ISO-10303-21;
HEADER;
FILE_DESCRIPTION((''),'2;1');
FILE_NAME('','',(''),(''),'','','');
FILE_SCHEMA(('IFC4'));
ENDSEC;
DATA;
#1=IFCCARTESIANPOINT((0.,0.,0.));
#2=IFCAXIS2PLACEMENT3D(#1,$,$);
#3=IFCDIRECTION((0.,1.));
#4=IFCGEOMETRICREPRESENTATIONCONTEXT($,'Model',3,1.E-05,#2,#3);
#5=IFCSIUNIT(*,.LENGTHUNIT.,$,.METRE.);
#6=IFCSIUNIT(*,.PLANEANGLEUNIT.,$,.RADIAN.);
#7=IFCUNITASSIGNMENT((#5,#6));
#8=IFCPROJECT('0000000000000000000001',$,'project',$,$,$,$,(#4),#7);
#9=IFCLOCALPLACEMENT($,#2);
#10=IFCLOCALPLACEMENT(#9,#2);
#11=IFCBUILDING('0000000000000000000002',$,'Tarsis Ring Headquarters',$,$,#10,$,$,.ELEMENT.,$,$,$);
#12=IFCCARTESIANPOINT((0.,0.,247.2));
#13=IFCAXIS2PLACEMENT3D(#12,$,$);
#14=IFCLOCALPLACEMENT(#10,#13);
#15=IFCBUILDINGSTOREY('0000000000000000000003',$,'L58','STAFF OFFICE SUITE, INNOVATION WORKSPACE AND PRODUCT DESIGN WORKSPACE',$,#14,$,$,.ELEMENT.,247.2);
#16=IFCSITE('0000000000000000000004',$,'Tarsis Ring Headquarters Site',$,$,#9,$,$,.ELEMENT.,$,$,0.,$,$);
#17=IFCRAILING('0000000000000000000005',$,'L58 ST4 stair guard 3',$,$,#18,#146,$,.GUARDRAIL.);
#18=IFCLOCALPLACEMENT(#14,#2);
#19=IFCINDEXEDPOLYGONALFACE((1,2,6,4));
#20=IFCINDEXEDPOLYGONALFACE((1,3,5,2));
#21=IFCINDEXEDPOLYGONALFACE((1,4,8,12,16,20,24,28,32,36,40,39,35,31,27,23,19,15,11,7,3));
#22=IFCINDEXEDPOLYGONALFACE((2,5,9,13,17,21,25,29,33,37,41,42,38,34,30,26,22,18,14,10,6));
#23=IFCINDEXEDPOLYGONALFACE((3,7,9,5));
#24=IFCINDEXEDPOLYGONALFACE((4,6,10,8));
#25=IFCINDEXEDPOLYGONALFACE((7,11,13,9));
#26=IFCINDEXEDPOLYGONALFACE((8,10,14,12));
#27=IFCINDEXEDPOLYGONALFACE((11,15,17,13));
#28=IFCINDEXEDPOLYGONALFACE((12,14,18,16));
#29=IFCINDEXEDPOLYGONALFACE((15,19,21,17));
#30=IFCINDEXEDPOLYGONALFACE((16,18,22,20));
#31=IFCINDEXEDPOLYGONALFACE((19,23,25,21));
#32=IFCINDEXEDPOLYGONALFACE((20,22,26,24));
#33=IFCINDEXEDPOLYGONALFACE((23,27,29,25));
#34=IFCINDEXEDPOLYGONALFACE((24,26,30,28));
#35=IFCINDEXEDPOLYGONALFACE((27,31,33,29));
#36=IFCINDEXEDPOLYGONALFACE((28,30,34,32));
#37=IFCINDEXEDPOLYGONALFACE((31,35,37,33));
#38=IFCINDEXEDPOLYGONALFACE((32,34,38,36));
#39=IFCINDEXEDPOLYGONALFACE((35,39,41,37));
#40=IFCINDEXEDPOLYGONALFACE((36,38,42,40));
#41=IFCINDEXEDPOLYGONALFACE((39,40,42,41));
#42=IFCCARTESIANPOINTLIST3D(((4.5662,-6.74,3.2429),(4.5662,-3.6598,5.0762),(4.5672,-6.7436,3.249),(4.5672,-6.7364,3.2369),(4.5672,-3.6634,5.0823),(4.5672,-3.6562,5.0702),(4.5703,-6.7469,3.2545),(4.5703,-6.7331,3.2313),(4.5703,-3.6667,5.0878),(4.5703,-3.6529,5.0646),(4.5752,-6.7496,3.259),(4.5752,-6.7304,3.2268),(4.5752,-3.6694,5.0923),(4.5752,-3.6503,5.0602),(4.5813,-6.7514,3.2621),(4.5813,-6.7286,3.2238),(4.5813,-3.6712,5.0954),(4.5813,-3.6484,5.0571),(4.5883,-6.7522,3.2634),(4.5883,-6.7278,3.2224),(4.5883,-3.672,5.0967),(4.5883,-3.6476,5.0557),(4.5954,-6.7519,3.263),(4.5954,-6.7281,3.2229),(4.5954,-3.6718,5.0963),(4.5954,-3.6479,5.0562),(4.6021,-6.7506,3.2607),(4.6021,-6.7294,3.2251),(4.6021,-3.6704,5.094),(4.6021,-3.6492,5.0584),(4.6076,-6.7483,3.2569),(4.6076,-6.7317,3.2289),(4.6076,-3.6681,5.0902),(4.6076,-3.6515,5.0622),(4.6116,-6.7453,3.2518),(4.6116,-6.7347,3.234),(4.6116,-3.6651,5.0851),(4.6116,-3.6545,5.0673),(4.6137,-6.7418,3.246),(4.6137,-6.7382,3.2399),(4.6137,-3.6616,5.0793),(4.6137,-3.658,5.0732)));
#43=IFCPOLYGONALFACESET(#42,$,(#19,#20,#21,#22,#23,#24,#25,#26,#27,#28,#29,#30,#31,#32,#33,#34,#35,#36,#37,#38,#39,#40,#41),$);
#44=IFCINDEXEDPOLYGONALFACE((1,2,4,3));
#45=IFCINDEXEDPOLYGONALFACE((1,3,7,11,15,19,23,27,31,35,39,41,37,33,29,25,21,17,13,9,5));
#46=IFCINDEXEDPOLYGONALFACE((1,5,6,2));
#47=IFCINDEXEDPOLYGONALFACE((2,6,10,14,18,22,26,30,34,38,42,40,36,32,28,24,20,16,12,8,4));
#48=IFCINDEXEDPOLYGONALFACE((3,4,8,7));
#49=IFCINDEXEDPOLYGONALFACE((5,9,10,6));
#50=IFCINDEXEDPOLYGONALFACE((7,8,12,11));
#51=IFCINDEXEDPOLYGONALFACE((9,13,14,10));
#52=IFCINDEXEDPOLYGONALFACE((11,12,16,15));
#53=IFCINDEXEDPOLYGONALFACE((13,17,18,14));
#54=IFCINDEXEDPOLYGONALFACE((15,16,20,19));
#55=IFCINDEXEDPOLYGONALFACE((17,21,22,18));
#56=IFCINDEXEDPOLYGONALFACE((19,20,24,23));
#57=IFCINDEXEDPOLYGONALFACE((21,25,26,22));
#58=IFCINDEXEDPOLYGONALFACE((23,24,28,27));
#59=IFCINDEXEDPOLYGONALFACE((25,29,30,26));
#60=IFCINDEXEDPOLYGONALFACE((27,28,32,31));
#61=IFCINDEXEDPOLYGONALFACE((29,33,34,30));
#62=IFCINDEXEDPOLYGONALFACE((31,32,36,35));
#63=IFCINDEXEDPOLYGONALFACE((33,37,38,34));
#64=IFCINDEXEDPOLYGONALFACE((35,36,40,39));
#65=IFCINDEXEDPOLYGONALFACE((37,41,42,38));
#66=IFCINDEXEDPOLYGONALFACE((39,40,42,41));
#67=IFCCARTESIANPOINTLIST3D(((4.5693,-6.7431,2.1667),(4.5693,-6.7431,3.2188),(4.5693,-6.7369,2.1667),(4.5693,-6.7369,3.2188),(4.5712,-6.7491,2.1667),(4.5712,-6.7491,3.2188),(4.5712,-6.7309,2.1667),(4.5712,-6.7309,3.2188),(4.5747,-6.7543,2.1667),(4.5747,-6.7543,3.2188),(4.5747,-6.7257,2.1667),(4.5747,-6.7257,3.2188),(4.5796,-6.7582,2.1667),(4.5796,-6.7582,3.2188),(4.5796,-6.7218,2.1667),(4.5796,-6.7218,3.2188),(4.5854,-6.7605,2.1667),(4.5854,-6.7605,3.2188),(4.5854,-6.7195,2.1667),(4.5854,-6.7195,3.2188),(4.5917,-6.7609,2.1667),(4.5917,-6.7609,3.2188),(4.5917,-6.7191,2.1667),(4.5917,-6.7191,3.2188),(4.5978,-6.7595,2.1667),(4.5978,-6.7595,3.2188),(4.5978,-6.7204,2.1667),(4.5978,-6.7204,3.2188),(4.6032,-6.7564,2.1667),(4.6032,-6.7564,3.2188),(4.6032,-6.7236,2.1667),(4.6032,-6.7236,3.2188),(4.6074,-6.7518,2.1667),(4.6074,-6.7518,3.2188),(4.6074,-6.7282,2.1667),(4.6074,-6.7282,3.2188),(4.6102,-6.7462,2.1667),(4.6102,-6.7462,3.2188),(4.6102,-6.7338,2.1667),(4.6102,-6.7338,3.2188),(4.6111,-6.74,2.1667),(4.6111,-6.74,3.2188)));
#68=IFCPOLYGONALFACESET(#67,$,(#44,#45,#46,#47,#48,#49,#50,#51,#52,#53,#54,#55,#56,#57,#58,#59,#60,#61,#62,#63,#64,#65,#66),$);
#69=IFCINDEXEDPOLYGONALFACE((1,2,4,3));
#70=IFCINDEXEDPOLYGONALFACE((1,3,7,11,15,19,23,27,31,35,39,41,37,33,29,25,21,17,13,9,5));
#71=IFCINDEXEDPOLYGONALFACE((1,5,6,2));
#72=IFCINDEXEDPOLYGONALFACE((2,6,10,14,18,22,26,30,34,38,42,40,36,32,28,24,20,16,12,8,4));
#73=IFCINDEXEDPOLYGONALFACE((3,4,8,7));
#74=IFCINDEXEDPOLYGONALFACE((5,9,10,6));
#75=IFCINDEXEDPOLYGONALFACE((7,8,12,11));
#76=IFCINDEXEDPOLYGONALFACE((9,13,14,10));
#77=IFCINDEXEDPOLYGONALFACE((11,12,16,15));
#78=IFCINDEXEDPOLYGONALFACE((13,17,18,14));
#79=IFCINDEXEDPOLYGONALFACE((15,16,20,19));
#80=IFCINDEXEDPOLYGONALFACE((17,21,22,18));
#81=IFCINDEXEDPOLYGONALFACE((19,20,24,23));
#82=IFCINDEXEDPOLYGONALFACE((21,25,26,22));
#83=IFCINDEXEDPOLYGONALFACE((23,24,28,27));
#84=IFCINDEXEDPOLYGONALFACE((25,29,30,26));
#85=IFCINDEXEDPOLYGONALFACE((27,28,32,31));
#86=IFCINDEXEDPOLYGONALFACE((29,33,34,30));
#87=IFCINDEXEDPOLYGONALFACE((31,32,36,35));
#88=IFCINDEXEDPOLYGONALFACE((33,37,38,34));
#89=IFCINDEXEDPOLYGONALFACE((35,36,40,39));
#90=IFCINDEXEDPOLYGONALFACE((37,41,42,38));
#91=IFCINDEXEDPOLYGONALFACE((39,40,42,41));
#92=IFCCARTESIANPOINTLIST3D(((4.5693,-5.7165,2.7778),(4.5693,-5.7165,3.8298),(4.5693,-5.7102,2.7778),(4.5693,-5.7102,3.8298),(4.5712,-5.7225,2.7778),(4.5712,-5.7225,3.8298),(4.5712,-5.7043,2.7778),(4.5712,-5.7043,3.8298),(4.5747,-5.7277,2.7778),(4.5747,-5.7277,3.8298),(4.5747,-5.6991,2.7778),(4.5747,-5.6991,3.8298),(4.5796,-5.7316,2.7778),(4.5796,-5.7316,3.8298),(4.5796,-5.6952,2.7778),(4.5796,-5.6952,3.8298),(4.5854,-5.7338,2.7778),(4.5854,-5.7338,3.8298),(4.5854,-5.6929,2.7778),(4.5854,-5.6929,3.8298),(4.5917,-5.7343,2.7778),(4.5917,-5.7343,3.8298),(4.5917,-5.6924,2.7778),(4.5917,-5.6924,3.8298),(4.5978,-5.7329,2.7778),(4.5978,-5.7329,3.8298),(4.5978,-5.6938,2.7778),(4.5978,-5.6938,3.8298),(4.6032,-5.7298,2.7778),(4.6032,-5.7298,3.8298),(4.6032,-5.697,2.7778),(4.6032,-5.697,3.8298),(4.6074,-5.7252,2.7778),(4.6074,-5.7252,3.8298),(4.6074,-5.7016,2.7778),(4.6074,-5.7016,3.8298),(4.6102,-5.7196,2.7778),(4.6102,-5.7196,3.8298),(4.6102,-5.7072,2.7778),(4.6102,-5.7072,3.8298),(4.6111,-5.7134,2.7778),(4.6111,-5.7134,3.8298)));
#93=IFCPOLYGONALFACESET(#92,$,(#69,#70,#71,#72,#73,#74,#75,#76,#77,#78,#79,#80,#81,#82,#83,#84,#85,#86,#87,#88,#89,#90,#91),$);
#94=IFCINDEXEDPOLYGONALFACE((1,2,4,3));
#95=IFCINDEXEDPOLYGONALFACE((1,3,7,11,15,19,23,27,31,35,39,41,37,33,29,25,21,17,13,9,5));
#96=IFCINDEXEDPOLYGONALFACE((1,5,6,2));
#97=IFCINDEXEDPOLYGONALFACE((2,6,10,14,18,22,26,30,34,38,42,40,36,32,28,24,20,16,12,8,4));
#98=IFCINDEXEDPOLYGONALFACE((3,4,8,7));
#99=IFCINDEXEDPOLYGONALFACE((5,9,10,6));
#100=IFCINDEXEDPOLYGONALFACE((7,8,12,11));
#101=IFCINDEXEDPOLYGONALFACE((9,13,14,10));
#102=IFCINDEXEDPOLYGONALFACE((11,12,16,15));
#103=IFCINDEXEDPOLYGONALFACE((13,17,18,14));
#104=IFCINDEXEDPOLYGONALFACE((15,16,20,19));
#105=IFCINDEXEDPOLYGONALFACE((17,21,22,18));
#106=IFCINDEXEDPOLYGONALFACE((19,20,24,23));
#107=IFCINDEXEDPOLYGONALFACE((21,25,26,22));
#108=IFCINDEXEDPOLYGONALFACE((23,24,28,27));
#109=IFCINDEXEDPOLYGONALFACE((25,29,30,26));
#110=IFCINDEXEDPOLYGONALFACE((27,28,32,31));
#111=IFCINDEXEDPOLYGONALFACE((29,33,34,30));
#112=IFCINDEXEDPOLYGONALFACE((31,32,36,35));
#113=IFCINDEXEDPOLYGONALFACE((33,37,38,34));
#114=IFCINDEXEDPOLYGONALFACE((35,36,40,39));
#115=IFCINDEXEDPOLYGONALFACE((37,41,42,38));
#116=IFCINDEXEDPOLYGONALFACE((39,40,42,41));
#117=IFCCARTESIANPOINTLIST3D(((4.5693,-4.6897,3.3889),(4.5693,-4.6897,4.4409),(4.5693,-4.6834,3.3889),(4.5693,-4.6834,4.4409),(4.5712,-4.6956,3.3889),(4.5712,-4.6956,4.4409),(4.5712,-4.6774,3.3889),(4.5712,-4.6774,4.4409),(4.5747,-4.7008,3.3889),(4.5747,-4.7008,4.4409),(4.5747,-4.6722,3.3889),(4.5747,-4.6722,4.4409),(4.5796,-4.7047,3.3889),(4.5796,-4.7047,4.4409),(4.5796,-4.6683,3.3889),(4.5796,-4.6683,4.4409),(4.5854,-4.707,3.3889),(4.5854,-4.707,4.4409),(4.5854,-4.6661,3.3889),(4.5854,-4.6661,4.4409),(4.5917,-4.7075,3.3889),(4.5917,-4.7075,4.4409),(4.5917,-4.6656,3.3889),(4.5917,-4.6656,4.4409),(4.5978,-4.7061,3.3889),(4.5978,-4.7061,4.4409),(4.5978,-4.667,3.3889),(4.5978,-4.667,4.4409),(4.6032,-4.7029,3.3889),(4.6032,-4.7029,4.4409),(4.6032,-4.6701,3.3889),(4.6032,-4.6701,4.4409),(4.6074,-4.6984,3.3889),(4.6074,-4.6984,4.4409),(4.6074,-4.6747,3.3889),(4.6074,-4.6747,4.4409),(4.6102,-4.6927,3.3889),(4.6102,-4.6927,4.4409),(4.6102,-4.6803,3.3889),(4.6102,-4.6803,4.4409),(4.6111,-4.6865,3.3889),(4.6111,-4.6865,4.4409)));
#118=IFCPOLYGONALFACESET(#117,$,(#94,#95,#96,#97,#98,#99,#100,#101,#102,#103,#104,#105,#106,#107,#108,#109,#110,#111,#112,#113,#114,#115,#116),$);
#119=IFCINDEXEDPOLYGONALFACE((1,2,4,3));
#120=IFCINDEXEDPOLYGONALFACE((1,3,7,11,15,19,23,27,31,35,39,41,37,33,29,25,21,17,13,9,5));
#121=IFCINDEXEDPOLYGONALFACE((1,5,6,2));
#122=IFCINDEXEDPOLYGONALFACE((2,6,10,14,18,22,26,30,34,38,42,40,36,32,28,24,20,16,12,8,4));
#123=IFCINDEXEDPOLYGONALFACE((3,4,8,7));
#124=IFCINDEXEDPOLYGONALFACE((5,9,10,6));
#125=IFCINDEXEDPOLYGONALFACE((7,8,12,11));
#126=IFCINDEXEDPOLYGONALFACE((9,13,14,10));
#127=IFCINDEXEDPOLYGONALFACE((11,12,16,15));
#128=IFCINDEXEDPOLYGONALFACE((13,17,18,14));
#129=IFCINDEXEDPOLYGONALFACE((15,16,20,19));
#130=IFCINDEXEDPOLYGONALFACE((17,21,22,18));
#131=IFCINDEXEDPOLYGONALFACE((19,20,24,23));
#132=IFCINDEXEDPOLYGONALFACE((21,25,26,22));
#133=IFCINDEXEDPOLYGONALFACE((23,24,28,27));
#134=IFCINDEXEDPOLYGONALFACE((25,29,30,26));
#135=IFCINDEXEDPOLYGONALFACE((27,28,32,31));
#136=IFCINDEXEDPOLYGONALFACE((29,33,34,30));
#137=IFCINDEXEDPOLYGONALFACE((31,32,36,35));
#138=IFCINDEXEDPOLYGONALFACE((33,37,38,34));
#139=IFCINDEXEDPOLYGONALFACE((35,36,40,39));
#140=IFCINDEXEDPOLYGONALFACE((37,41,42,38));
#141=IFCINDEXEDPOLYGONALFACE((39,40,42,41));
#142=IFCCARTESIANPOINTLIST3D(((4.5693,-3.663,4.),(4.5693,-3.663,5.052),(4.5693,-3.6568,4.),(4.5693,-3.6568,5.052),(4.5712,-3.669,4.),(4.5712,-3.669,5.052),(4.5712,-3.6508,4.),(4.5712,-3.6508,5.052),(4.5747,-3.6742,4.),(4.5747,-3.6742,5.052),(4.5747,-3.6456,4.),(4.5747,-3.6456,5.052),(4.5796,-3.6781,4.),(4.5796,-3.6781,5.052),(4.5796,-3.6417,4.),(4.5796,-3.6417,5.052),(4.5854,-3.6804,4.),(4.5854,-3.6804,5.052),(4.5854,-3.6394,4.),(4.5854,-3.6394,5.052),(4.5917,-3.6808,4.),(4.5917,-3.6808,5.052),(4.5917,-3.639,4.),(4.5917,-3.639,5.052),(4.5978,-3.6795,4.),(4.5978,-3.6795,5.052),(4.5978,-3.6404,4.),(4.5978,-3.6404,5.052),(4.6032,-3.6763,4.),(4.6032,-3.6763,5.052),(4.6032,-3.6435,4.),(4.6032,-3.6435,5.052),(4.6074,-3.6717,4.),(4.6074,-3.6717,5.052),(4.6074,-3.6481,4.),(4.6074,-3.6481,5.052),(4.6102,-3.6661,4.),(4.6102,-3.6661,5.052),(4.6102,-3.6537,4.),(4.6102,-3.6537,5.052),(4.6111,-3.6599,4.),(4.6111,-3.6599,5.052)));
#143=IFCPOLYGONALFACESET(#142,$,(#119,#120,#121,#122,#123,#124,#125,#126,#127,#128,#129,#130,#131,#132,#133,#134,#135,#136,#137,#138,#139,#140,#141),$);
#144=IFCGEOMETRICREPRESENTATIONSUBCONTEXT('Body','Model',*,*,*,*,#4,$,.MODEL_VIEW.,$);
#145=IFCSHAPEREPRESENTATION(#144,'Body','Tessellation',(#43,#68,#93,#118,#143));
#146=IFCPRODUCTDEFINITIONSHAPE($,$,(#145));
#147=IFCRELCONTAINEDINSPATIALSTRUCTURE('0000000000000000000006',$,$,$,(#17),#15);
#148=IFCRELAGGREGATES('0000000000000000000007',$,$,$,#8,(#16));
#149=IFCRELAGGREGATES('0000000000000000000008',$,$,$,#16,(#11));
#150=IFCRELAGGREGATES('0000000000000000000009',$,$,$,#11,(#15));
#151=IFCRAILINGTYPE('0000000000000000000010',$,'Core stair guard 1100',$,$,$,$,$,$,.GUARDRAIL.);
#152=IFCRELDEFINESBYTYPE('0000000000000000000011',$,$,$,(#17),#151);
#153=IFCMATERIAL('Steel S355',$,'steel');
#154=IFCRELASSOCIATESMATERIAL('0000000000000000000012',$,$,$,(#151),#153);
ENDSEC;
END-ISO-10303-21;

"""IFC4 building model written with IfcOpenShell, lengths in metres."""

from ifc_helpers import new_model, si_unit, direction, frame, origin, origin_2d, place, context, subcontext, project, spatial, circle, extrude, material, type_object, element, save


model = new_model("IFC4")

# Units and contexts
model_context = context("Model", 3, precision=1e-05, world=origin(), true_north=direction((0.0, 1.0)))
body_context = subcontext(model_context, "Body", "Model", "MODEL_VIEW")
ifc_project = project(units=[si_unit("LENGTHUNIT", "METRE"), si_unit("PLANEANGLEUNIT", "RADIAN")], contexts=[model_context])

# Site, building, storey
site_placement = place(None, origin())
site = spatial("IfcSite", under=ifc_project, at=site_placement, Name="Tarsis Ring Headquarters Site", CompositionType="ELEMENT", RefElevation=0.0)
building_placement = place(site_placement, origin())
building = spatial("IfcBuilding", under=site, at=building_placement, Name="Tarsis Ring Headquarters", CompositionType="ELEMENT")
storey_placement = place(building_placement, frame((0.0, 0.0, 247.2)))
storey = spatial("IfcBuildingStorey", under=building, at=storey_placement, Name="L58", Description="STAFF OFFICE SUITE, INNOVATION WORKSPACE AND PRODUCT DESIGN WORKSPACE", CompositionType="ELEMENT", Elevation=247.2)

# Shared definitions
ifc_material_1 = material(Name="Steel S355", Category="steel")

# Railing
railing_type_1 = type_object("IfcRailingType", Name="Core stair guard 1100", PredefinedType="GUARDRAIL", material=ifc_material_1)
railing_1_placement = place(storey_placement, frame((4.5901, -6.74, 2.1667)))
element("IfcRailing", 1, at=railing_1_placement, inside=storey, type_object=railing_type_1, Name="L58 ST4 stair guard 3", PredefinedType="GUARDRAIL", context=body_context, shape_type="SweptSolid", body=[
    extrude(circle(Radius=0.0239, at=origin_2d()), frame((0.0, 0.0, 1.0762), z_axis=(0.0, 0.859309, 0.511458), x_axis=(-1.0, 0.0, 0.0)), (0.0, 0.0, 1.0), 3.5845),
    extrude(circle(Radius=0.021, at=origin_2d()), origin(), (0.0, 0.0, 1.0), 1.052),
    extrude(circle(Radius=0.021, at=origin_2d()), frame((0.0, 1.0266, 0.6111)), (0.0, 0.0, 1.0), 1.052),
    extrude(circle(Radius=0.021, at=origin_2d()), frame((0.0, 2.0535, 1.2222)), (0.0, 0.0, 1.0), 1.052),
    extrude(circle(Radius=0.021, at=origin_2d()), frame((0.0, 3.0801, 1.8333)), (0.0, 0.0, 1.0), 1.052),
])

save(model, "model.ifc")
